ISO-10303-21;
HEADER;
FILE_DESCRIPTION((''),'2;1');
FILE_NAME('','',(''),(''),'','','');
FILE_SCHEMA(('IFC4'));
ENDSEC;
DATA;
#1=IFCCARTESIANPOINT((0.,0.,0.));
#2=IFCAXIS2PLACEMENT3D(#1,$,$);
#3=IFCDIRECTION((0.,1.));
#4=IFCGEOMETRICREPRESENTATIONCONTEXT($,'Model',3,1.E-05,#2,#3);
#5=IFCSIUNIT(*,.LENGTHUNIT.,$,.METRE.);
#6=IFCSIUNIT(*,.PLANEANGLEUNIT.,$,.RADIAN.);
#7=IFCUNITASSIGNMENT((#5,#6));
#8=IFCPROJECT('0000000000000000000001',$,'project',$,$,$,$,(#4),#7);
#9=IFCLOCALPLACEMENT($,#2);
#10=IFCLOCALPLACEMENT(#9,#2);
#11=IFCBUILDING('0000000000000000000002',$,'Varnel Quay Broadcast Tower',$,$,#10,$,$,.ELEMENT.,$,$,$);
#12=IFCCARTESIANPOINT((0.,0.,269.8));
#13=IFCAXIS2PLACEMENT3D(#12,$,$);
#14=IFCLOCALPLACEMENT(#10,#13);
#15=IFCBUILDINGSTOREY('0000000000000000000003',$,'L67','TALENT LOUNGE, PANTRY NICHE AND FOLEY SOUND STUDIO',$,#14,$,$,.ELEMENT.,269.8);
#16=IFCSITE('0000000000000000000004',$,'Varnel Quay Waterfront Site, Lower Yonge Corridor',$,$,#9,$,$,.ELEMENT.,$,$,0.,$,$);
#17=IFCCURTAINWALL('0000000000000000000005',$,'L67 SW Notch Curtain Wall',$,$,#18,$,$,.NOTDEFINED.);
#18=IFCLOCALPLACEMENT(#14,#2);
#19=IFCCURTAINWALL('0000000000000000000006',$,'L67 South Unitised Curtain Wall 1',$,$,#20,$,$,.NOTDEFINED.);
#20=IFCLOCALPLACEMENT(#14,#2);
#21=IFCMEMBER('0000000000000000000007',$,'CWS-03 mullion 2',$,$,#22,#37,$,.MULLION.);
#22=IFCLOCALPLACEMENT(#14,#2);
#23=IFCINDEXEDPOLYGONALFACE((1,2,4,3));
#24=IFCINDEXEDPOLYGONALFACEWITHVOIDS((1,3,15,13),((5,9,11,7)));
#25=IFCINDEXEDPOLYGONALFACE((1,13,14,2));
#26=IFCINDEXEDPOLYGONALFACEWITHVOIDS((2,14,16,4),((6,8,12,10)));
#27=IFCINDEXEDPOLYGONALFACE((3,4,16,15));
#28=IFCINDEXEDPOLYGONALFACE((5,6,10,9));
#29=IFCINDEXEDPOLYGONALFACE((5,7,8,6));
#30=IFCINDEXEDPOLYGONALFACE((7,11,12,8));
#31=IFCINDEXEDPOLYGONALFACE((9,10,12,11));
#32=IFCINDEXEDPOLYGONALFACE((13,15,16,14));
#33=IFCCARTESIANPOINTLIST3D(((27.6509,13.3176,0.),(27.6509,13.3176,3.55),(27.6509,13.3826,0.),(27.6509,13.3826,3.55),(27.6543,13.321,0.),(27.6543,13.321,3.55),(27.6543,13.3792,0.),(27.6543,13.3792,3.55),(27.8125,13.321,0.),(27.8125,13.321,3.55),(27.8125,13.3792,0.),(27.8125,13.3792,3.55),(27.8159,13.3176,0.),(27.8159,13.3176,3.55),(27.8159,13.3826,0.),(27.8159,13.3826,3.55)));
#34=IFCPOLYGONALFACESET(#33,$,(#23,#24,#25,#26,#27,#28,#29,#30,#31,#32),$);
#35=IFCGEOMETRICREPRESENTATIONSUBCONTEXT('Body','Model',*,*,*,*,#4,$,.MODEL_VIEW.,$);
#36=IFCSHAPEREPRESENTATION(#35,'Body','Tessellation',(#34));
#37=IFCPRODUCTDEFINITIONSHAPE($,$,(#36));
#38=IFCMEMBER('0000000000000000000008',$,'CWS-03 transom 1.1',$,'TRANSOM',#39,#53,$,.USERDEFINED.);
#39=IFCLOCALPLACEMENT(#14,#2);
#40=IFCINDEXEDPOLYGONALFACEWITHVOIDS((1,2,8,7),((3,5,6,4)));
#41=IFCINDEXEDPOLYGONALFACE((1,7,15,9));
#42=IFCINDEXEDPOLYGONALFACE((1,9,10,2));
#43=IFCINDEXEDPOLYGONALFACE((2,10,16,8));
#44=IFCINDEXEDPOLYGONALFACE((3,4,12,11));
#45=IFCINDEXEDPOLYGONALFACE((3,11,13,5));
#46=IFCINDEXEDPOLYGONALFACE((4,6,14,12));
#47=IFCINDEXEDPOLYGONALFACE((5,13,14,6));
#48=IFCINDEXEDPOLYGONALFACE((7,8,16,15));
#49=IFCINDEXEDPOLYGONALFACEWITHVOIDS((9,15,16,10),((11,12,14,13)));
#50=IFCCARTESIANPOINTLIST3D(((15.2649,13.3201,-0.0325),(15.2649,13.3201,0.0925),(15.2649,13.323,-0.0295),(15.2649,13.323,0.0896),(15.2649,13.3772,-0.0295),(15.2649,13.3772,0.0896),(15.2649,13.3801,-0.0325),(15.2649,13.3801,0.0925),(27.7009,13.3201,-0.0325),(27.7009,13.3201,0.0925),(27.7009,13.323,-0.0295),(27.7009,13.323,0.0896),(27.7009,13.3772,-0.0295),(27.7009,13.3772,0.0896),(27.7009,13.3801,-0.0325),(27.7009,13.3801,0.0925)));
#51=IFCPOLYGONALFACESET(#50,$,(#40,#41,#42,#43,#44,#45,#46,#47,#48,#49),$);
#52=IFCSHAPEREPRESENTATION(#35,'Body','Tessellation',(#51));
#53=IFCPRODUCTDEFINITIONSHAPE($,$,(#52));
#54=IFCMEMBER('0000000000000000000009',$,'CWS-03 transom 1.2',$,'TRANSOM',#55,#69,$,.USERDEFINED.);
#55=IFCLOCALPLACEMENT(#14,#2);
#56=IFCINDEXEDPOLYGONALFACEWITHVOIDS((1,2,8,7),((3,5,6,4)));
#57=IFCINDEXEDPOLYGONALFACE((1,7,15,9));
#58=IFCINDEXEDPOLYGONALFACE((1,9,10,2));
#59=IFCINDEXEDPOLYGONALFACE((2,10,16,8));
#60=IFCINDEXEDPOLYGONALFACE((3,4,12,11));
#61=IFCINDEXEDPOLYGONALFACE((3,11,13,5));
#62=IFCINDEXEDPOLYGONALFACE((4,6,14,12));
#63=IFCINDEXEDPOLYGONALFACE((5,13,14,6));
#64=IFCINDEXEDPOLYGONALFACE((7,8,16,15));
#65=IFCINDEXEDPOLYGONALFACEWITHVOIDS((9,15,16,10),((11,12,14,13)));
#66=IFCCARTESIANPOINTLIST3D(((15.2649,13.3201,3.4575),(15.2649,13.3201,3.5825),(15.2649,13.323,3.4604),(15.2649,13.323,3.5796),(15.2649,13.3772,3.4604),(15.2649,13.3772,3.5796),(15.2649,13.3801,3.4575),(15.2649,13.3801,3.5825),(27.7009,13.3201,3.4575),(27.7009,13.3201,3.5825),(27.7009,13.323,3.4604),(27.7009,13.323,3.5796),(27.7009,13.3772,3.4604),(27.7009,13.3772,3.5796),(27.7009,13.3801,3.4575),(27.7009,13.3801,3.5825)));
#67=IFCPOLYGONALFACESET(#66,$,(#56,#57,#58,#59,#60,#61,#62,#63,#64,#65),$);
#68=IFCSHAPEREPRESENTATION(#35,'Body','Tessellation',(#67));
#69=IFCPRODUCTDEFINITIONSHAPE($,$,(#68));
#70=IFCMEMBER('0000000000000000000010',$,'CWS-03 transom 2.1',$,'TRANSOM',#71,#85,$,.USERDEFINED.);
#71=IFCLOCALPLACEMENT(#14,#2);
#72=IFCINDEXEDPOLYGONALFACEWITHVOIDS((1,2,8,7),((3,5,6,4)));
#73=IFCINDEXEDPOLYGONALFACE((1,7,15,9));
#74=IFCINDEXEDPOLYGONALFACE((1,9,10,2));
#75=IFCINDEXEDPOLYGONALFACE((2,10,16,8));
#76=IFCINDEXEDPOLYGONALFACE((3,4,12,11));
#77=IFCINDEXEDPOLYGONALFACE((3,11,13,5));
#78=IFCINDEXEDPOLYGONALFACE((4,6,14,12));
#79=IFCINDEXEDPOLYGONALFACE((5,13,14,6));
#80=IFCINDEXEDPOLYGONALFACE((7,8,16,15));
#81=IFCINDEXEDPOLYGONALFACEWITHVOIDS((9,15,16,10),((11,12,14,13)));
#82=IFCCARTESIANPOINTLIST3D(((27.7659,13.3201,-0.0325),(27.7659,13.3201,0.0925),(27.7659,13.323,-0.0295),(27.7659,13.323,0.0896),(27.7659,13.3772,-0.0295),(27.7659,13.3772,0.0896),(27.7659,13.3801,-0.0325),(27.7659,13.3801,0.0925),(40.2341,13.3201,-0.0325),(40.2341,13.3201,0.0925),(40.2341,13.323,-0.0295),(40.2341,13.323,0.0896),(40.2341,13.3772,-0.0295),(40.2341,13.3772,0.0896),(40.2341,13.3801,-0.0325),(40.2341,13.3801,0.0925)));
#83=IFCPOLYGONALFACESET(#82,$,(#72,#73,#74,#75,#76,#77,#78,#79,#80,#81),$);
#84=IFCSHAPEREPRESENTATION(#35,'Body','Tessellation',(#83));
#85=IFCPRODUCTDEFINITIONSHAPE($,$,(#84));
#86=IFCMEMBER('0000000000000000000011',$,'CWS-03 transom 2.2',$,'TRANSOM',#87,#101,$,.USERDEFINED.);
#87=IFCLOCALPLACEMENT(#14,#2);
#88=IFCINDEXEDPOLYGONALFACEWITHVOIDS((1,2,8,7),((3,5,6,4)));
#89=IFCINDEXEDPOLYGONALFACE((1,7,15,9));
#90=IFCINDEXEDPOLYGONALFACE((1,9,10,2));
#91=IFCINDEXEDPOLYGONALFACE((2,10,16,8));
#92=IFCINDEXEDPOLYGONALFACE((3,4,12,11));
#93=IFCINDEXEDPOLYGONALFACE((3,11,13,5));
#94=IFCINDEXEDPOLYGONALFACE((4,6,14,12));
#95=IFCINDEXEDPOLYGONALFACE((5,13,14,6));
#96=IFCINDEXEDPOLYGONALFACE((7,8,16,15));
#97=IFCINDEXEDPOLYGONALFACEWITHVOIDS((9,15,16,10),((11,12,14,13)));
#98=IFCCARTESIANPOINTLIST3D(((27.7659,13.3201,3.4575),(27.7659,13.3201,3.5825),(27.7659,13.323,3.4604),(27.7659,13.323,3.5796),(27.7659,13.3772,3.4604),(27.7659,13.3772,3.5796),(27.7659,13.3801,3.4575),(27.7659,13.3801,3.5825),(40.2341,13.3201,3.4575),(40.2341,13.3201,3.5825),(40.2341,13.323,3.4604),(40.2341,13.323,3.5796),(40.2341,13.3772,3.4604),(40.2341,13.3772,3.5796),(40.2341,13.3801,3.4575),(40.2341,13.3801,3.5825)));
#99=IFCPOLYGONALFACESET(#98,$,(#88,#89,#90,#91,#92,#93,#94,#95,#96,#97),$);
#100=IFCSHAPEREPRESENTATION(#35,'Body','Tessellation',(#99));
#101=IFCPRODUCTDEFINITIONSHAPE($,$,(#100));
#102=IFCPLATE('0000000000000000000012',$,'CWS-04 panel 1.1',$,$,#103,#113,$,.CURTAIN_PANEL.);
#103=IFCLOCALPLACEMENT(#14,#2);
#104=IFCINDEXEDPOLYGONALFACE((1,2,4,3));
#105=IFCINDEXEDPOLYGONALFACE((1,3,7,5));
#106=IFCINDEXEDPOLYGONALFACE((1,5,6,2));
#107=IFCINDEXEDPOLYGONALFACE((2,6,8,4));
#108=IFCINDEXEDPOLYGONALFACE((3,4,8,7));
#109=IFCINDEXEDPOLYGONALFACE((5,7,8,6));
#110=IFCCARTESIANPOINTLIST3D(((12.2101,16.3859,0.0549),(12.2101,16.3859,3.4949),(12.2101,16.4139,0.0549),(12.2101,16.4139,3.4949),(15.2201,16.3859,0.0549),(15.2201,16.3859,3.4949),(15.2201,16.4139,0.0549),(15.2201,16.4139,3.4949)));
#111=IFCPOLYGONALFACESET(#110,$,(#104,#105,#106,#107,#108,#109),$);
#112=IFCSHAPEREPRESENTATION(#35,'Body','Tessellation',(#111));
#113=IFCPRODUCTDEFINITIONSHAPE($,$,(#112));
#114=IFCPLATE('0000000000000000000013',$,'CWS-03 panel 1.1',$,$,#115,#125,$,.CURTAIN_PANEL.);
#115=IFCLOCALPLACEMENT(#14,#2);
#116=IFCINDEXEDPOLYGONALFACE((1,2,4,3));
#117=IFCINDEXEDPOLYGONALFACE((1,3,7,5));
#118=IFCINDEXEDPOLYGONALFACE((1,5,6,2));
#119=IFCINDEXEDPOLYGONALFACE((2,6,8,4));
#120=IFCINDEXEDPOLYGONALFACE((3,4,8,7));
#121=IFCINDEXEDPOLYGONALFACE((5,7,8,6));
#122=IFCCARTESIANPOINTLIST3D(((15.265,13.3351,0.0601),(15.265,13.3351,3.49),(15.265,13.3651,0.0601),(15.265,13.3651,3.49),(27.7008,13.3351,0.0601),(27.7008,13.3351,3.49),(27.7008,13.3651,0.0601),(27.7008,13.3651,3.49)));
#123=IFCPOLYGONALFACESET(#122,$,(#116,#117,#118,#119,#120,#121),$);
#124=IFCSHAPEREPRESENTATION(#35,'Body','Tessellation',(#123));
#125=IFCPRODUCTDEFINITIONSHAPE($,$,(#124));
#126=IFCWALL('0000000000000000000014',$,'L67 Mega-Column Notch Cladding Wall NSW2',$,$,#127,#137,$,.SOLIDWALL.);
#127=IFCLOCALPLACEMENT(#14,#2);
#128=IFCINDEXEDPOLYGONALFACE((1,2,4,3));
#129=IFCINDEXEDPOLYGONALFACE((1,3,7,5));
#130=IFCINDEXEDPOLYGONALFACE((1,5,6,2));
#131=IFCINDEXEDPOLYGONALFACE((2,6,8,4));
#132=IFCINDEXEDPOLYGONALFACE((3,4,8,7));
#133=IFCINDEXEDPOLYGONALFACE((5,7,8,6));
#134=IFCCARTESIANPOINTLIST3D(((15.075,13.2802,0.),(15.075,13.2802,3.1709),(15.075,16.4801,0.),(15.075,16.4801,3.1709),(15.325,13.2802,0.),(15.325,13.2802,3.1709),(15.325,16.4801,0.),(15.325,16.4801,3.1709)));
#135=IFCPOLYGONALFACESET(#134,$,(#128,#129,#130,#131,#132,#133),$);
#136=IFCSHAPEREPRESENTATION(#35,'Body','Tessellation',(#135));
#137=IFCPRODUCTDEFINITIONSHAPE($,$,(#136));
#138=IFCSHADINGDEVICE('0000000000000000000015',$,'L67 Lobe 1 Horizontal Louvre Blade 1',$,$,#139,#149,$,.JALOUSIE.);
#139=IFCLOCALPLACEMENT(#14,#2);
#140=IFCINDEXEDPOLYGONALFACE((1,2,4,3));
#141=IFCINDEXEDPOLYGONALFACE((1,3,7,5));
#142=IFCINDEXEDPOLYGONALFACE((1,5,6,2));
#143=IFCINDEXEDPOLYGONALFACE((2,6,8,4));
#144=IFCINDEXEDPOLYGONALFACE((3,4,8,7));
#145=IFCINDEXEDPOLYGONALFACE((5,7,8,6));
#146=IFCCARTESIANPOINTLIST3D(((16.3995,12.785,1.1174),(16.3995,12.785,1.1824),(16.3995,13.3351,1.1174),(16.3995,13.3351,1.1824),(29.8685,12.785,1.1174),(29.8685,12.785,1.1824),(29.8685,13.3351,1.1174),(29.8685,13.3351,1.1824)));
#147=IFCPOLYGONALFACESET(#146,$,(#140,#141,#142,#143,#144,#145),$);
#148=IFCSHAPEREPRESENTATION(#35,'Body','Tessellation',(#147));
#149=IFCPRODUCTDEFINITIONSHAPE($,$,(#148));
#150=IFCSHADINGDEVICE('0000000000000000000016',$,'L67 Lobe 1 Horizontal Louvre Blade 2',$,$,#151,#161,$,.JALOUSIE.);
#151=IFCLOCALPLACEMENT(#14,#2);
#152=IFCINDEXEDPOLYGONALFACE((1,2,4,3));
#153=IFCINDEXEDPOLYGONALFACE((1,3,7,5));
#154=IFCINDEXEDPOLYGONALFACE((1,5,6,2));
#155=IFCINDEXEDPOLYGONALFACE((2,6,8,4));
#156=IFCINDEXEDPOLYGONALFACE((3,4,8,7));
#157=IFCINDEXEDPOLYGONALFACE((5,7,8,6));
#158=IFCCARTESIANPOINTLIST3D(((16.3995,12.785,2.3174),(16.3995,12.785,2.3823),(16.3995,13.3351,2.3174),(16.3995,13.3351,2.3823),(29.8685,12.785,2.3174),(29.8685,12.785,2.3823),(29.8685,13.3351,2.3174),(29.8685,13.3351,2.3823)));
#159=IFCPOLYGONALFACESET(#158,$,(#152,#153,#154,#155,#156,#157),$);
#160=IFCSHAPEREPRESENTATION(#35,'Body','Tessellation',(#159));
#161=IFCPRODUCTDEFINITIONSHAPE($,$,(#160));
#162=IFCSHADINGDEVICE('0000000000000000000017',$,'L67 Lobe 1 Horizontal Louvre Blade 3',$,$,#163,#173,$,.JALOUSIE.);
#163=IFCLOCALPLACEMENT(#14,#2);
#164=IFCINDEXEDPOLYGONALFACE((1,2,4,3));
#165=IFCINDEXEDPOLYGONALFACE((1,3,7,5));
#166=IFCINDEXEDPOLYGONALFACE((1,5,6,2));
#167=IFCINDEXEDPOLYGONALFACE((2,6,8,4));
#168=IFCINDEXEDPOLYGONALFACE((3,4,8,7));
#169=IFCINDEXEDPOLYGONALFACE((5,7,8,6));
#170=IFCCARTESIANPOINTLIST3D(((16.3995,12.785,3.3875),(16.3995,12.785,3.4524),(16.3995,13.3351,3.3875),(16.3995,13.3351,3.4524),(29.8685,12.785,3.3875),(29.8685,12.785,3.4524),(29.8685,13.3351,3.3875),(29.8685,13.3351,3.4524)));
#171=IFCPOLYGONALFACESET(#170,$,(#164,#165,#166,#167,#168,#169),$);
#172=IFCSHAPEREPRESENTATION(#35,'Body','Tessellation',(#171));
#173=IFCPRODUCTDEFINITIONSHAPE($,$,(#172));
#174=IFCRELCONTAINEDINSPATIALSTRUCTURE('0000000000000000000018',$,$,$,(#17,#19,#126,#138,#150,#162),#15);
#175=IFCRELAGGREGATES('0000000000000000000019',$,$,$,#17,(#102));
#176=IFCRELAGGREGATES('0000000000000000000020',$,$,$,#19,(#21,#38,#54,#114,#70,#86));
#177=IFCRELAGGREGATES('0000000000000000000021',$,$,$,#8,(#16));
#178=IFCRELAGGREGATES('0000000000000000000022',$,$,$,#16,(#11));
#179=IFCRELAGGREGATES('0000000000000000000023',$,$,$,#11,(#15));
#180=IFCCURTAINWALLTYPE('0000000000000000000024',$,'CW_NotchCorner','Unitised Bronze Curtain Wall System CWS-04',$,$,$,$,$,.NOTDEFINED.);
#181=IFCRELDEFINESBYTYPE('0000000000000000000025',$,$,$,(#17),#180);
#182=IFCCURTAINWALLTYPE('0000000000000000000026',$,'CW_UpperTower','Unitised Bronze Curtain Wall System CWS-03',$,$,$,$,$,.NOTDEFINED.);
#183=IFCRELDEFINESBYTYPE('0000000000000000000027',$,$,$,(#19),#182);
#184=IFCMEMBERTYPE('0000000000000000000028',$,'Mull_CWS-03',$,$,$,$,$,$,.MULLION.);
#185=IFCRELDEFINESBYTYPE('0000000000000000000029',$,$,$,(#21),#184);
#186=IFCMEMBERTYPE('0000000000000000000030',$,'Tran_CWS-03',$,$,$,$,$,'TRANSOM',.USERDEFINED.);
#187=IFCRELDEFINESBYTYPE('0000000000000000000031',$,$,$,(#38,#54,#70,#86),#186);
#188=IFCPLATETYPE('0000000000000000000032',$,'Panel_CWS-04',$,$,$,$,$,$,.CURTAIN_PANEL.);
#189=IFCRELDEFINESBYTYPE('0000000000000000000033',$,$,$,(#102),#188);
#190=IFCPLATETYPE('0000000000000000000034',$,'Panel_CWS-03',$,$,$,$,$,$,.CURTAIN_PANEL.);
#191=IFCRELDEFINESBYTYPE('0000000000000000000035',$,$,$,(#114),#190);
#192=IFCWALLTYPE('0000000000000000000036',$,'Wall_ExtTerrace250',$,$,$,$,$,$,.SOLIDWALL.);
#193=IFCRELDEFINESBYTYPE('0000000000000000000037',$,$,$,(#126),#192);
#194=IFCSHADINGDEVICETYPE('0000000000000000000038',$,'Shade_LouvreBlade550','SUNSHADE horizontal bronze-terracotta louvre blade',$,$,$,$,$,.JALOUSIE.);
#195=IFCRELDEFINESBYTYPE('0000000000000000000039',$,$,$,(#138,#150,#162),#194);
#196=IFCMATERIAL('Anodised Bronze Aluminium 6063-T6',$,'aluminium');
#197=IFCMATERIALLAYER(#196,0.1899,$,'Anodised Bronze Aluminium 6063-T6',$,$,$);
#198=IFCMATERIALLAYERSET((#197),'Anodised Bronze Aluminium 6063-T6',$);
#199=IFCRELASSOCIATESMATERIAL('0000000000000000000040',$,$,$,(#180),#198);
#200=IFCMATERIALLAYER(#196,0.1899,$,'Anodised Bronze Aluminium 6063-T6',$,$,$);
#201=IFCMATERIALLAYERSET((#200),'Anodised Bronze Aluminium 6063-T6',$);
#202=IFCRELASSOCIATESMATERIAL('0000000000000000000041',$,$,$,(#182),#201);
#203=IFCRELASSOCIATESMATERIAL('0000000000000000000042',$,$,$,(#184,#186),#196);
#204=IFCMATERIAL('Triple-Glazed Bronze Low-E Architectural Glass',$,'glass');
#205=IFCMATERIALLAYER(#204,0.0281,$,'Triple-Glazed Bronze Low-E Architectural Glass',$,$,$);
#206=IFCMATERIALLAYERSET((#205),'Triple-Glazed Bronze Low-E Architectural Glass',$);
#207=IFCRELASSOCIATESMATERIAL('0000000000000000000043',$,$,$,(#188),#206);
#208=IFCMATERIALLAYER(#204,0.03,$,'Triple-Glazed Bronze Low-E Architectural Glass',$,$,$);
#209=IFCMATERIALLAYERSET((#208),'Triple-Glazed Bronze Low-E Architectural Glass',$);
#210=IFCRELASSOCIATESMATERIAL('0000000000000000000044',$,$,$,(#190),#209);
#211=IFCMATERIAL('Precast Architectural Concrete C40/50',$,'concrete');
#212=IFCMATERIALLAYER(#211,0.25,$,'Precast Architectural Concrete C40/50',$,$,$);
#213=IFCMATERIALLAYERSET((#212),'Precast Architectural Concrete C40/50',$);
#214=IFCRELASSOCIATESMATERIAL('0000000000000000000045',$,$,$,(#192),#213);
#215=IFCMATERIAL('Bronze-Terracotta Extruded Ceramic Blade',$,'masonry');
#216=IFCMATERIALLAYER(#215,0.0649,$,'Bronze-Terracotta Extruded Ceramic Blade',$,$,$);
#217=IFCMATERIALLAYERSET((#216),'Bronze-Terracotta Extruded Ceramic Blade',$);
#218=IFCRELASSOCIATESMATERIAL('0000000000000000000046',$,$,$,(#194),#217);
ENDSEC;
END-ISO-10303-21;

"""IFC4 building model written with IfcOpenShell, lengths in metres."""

from ifc_helpers import new_model, si_unit, direction, frame, frame_2d, origin, origin_2d, place, context, subcontext, project, spatial, rectangle, hollow_rectangle, extrude, source, transform, mapped, material, layer, layer_set, material_profile, profile_set, type_object, type_shapes, element, aggregate, save


model = new_model("IFC4")

# Units and contexts
model_context = context("Model", 3, precision=1e-05, world=origin(), true_north=direction((0.0, 1.0)))
body_context = subcontext(model_context, "Body", "Model", "MODEL_VIEW")
ifc_project = project(units=[si_unit("LENGTHUNIT", "METRE"), si_unit("PLANEANGLEUNIT", "RADIAN")], contexts=[model_context])

# Site, building, storey
site_placement = place(None, origin())
site = spatial("IfcSite", under=ifc_project, at=site_placement, Name="Varnel Quay Waterfront Site, Lower Yonge Corridor", CompositionType="ELEMENT", RefElevation=0.0)
building_placement = place(site_placement, origin())
building = spatial("IfcBuilding", under=site, at=building_placement, Name="Varnel Quay Broadcast Tower", CompositionType="ELEMENT")
storey_placement = place(building_placement, frame((0.0, 0.0, 269.8)))
storey = spatial("IfcBuildingStorey", under=building, at=storey_placement, Name="L67", Description="TALENT LOUNGE, PANTRY NICHE AND FOLEY SOUND STUDIO", CompositionType="ELEMENT", Elevation=269.8)

# Curtain wall
ifc_material_1 = material(Name="Anodised Bronze Aluminium 6063-T6", Category="aluminium")
ifc_layer_1 = layer(ifc_material_1, 0.1899, Name="Anodised Bronze Aluminium 6063-T6")
ifc_layer_set_1 = layer_set([ifc_layer_1], Name="Anodised Bronze Aluminium 6063-T6")
curtain_wall_type_1 = type_object("IfcCurtainWallType", Name="CW_NotchCorner", Description="Unitised Bronze Curtain Wall System CWS-04", PredefinedType="NOTDEFINED", material=ifc_layer_set_1)
curtain_wall_1_placement = place(storey_placement, origin())
curtain_wall_1 = element("IfcCurtainWall", 1, at=curtain_wall_1_placement, inside=storey, type_object=curtain_wall_type_1, Name="L67 SW Notch Curtain Wall", PredefinedType="NOTDEFINED")

# Curtain wall, members
ifc_layer_2 = layer(ifc_material_1, 0.1899, Name="Anodised Bronze Aluminium 6063-T6")
ifc_layer_set_2 = layer_set([ifc_layer_2], Name="Anodised Bronze Aluminium 6063-T6")
curtain_wall_type_2 = type_object("IfcCurtainWallType", Name="CW_UpperTower", Description="Unitised Bronze Curtain Wall System CWS-03", PredefinedType="NOTDEFINED", material=ifc_layer_set_2)
curtain_wall_2_placement = place(storey_placement, origin())
curtain_wall_2 = element("IfcCurtainWall", 2, at=curtain_wall_2_placement, inside=storey, type_object=curtain_wall_type_2, Name="L67 South Unitised Curtain Wall 1", PredefinedType="NOTDEFINED")
ifc_material_profile_1 = material_profile(ifc_material_1, hollow_rectangle(XDim=0.0649, YDim=0.165, WallThickness=0.0034, at=origin_2d()), Name="ALU65X165X3.5")
ifc_profile_set_1 = profile_set([ifc_material_profile_1], Name="Anodised Bronze Aluminium 6063-T6")
member_type_1 = type_object("IfcMemberType", Name="Mull_CWS-03", PredefinedType="MULLION", material=ifc_profile_set_1)
shared_shape_1 = source(origin(), body_context, "Body", "SweptSolid", [
    extrude(hollow_rectangle(XDim=0.0649, YDim=0.165, WallThickness=0.0034, at=origin_2d()), origin(), (0.0, 0.0, 1.0), 3.55),
])
type_shapes(member_type_1, [shared_shape_1])
member_1_placement = place(storey_placement, frame((27.7334, 13.3501, 0.0), z_axis=(0.0, 0.0, 1.0), x_axis=(0.0, 1.0, 0.0)))
member_1 = element("IfcMember", 3, at=member_1_placement, type_object=member_type_1, Name="CWS-03 mullion 2", PredefinedType="MULLION", context=body_context, shape_type="MappedRepresentation", body=[
    mapped(shared_shape_1, transform((0.0, 0.0, 0.0), x_axis=(1.0, 0.0, 0.0), y_axis=(0.0, 1.0, 0.0), z_axis=(0.0, 0.0, 1.0), scale=1.0)),
])
ifc_material_profile_2 = material_profile(ifc_material_1, hollow_rectangle(XDim=0.0601, YDim=0.125, WallThickness=0.0029, at=origin_2d()), Name="ALU60X125X3")
ifc_profile_set_2 = profile_set([ifc_material_profile_2], Name="Anodised Bronze Aluminium 6063-T6")
member_type_2 = type_object("IfcMemberType", Name="Tran_CWS-03", ElementType="TRANSOM", PredefinedType="USERDEFINED", material=ifc_profile_set_2)
shared_shape_2 = source(origin(), body_context, "Body", "SweptSolid", [
    extrude(hollow_rectangle(XDim=0.0601, YDim=0.125, WallThickness=0.0029, at=origin_2d()), origin(), (0.0, 0.0, 1.0), 12.436),
])
member_2_placement = place(storey_placement, frame((15.2649, 13.3501, 0.03), z_axis=(1.0, 0.0, 0.0), x_axis=(0.0, 1.0, 0.0)))
member_2 = element("IfcMember", 4, at=member_2_placement, type_object=member_type_2, Name="CWS-03 transom 1.1", ObjectType="TRANSOM", PredefinedType="USERDEFINED", context=body_context, shape_type="MappedRepresentation", body=[
    mapped(shared_shape_2, transform((0.0, 0.0, 0.0), x_axis=(1.0, 0.0, 0.0), y_axis=(0.0, 1.0, 0.0), z_axis=(0.0, 0.0, 1.0), scale=1.0)),
])
member_3_placement = place(storey_placement, frame((15.2649, 13.3501, 3.52), z_axis=(1.0, 0.0, 0.0), x_axis=(0.0, 1.0, 0.0)))
member_3 = element("IfcMember", 5, at=member_3_placement, type_object=member_type_2, Name="CWS-03 transom 1.2", ObjectType="TRANSOM", PredefinedType="USERDEFINED", context=body_context, shape_type="MappedRepresentation", body=[
    mapped(shared_shape_2, transform((0.0, 0.0, 0.0), x_axis=(1.0, 0.0, 0.0), y_axis=(0.0, 1.0, 0.0), z_axis=(0.0, 0.0, 1.0), scale=1.0)),
])
shared_shape_3 = source(origin(), body_context, "Body", "SweptSolid", [
    extrude(hollow_rectangle(XDim=0.0601, YDim=0.125, WallThickness=0.0029, at=origin_2d()), origin(), (0.0, 0.0, 1.0), 12.4683),
])
type_shapes(member_type_2, [shared_shape_2, shared_shape_3])
member_4_placement = place(storey_placement, frame((27.7659, 13.3501, 0.03), z_axis=(1.0, 0.0, 0.0), x_axis=(0.0, 1.0, 0.0)))
member_4 = element("IfcMember", 6, at=member_4_placement, type_object=member_type_2, Name="CWS-03 transom 2.1", ObjectType="TRANSOM", PredefinedType="USERDEFINED", context=body_context, shape_type="MappedRepresentation", body=[
    mapped(shared_shape_3, transform((0.0, 0.0, 0.0), x_axis=(1.0, 0.0, 0.0), y_axis=(0.0, 1.0, 0.0), z_axis=(0.0, 0.0, 1.0), scale=1.0)),
])
member_5_placement = place(storey_placement, frame((27.7659, 13.3501, 3.52), z_axis=(1.0, 0.0, 0.0), x_axis=(0.0, 1.0, 0.0)))
member_5 = element("IfcMember", 7, at=member_5_placement, type_object=member_type_2, Name="CWS-03 transom 2.2", ObjectType="TRANSOM", PredefinedType="USERDEFINED", context=body_context, shape_type="MappedRepresentation", body=[
    mapped(shared_shape_3, transform((0.0, 0.0, 0.0), x_axis=(1.0, 0.0, 0.0), y_axis=(0.0, 1.0, 0.0), z_axis=(0.0, 0.0, 1.0), scale=1.0)),
])

# Plates
ifc_material_2 = material(Name="Triple-Glazed Bronze Low-E Architectural Glass", Category="glass")
ifc_layer_3 = layer(ifc_material_2, 0.0281, Name="Triple-Glazed Bronze Low-E Architectural Glass")
ifc_layer_set_3 = layer_set([ifc_layer_3], Name="Triple-Glazed Bronze Low-E Architectural Glass")
plate_type_1 = type_object("IfcPlateType", Name="Panel_CWS-04", PredefinedType="CURTAIN_PANEL", material=ifc_layer_set_3)
shared_shape_4 = source(origin(), body_context, "Body", "SweptSolid", [
    extrude(rectangle(XDim=3.01, YDim=0.0281, at=origin_2d()), origin(), (0.0, 0.0, 1.0), 3.4399),
])
type_shapes(plate_type_1, [shared_shape_4])
plate_1_placement = place(storey_placement, frame((13.7151, 16.3999, 0.0549), z_axis=(0.0, 0.0, 1.0), x_axis=(1.0, 0.0, 0.0)))
plate_1 = element("IfcPlate", 8, at=plate_1_placement, type_object=plate_type_1, Name="CWS-04 panel 1.1", PredefinedType="CURTAIN_PANEL", context=body_context, shape_type="MappedRepresentation", body=[
    mapped(shared_shape_4, transform((0.0, 0.0, 0.0), x_axis=(1.0, 0.0, 0.0), y_axis=(0.0, 1.0, 0.0), z_axis=(0.0, 0.0, 1.0), scale=1.0)),
])
aggregate(curtain_wall_1, [plate_1])
ifc_layer_4 = layer(ifc_material_2, 0.03, Name="Triple-Glazed Bronze Low-E Architectural Glass")
ifc_layer_set_4 = layer_set([ifc_layer_4], Name="Triple-Glazed Bronze Low-E Architectural Glass")
plate_type_2 = type_object("IfcPlateType", Name="Panel_CWS-03", PredefinedType="CURTAIN_PANEL", material=ifc_layer_set_4)
shared_shape_5 = source(origin(), body_context, "Body", "SweptSolid", [
    extrude(rectangle(XDim=12.4358, YDim=0.03, at=origin_2d()), origin(), (0.0, 0.0, 1.0), 3.4299),
])
type_shapes(plate_type_2, [shared_shape_5])
plate_2_placement = place(storey_placement, frame((21.4829, 13.3501, 0.0601), z_axis=(0.0, 0.0, 1.0), x_axis=(1.0, 0.0, 0.0)))
plate_2 = element("IfcPlate", 9, at=plate_2_placement, type_object=plate_type_2, Name="CWS-03 panel 1.1", PredefinedType="CURTAIN_PANEL", context=body_context, shape_type="MappedRepresentation", body=[
    mapped(shared_shape_5, transform((0.0, 0.0, 0.0), x_axis=(1.0, 0.0, 0.0), y_axis=(0.0, 1.0, 0.0), z_axis=(0.0, 0.0, 1.0), scale=1.0)),
])
aggregate(curtain_wall_2, [member_1, member_2, member_3, plate_2, member_4, member_5])

# Wall
ifc_material_3 = material(Name="Precast Architectural Concrete C40/50", Category="concrete")
ifc_layer_5 = layer(ifc_material_3, 0.25, Name="Precast Architectural Concrete C40/50")
ifc_layer_set_5 = layer_set([ifc_layer_5], Name="Precast Architectural Concrete C40/50")
wall_type = type_object("IfcWallType", Name="Wall_ExtTerrace250", PredefinedType="SOLIDWALL", material=ifc_layer_set_5)
wall_placement = place(storey_placement, frame((15.2, 13.28, 0.0), z_axis=(0.0, 0.0, 1.0), x_axis=(0.0, 1.0, 0.0)))
element("IfcWall", 10, at=wall_placement, inside=storey, type_object=wall_type, Name="L67 Mega-Column Notch Cladding Wall NSW2", PredefinedType="SOLIDWALL", context=body_context, shape_type="SweptSolid", body=[
    extrude(rectangle(XDim=3.2, YDim=0.25, at=frame_2d((1.6001, 0.0))), origin(), (0.0, 0.0, 1.0), 3.1709),
])

# Shading devices
ifc_material_4 = material(Name="Bronze-Terracotta Extruded Ceramic Blade", Category="masonry")
ifc_layer_6 = layer(ifc_material_4, 0.0649, Name="Bronze-Terracotta Extruded Ceramic Blade")
ifc_layer_set_6 = layer_set([ifc_layer_6], Name="Bronze-Terracotta Extruded Ceramic Blade")
shading_device_type = type_object("IfcShadingDeviceType", Name="Shade_LouvreBlade550", Description="SUNSHADE horizontal bronze-terracotta louvre blade", PredefinedType="JALOUSIE", material=ifc_layer_set_6)
shared_shape_6 = source(origin(), body_context, "Body", "SweptSolid", [
    extrude(rectangle(XDim=13.469, YDim=0.55, at=origin_2d()), origin(), (0.0, 0.0, 1.0), 0.0649),
])
type_shapes(shading_device_type, [shared_shape_6])
for number, where, z_axis, x_axis, name in (
    (11, (23.134, 13.0601, 1.1174), (0.0, 0.0, 1.0), (1.0, 0.0, 0.0), "L67 Lobe 1 Horizontal Louvre Blade 1"),
    (12, (23.134, 13.0601, 2.3174), (0.0, 0.0, 1.0), (1.0, 0.0, 0.0), "L67 Lobe 1 Horizontal Louvre Blade 2"),
    (13, (23.134, 13.0601, 3.3875), (0.0, 0.0, 1.0), (1.0, 0.0, 0.0), "L67 Lobe 1 Horizontal Louvre Blade 3"),
):
    element("IfcShadingDevice", number, at=place(storey_placement, frame(where, z_axis=z_axis, x_axis=x_axis)), inside=storey, type_object=shading_device_type, Name=name, PredefinedType="JALOUSIE", context=body_context, shape_type="MappedRepresentation", body=[
        mapped(shared_shape_6, transform((0.0, 0.0, 0.0), x_axis=(1.0, 0.0, 0.0), y_axis=(0.0, 1.0, 0.0), z_axis=(0.0, 0.0, 1.0), scale=1.0)),
    ])

save(model, "model.ifc")
